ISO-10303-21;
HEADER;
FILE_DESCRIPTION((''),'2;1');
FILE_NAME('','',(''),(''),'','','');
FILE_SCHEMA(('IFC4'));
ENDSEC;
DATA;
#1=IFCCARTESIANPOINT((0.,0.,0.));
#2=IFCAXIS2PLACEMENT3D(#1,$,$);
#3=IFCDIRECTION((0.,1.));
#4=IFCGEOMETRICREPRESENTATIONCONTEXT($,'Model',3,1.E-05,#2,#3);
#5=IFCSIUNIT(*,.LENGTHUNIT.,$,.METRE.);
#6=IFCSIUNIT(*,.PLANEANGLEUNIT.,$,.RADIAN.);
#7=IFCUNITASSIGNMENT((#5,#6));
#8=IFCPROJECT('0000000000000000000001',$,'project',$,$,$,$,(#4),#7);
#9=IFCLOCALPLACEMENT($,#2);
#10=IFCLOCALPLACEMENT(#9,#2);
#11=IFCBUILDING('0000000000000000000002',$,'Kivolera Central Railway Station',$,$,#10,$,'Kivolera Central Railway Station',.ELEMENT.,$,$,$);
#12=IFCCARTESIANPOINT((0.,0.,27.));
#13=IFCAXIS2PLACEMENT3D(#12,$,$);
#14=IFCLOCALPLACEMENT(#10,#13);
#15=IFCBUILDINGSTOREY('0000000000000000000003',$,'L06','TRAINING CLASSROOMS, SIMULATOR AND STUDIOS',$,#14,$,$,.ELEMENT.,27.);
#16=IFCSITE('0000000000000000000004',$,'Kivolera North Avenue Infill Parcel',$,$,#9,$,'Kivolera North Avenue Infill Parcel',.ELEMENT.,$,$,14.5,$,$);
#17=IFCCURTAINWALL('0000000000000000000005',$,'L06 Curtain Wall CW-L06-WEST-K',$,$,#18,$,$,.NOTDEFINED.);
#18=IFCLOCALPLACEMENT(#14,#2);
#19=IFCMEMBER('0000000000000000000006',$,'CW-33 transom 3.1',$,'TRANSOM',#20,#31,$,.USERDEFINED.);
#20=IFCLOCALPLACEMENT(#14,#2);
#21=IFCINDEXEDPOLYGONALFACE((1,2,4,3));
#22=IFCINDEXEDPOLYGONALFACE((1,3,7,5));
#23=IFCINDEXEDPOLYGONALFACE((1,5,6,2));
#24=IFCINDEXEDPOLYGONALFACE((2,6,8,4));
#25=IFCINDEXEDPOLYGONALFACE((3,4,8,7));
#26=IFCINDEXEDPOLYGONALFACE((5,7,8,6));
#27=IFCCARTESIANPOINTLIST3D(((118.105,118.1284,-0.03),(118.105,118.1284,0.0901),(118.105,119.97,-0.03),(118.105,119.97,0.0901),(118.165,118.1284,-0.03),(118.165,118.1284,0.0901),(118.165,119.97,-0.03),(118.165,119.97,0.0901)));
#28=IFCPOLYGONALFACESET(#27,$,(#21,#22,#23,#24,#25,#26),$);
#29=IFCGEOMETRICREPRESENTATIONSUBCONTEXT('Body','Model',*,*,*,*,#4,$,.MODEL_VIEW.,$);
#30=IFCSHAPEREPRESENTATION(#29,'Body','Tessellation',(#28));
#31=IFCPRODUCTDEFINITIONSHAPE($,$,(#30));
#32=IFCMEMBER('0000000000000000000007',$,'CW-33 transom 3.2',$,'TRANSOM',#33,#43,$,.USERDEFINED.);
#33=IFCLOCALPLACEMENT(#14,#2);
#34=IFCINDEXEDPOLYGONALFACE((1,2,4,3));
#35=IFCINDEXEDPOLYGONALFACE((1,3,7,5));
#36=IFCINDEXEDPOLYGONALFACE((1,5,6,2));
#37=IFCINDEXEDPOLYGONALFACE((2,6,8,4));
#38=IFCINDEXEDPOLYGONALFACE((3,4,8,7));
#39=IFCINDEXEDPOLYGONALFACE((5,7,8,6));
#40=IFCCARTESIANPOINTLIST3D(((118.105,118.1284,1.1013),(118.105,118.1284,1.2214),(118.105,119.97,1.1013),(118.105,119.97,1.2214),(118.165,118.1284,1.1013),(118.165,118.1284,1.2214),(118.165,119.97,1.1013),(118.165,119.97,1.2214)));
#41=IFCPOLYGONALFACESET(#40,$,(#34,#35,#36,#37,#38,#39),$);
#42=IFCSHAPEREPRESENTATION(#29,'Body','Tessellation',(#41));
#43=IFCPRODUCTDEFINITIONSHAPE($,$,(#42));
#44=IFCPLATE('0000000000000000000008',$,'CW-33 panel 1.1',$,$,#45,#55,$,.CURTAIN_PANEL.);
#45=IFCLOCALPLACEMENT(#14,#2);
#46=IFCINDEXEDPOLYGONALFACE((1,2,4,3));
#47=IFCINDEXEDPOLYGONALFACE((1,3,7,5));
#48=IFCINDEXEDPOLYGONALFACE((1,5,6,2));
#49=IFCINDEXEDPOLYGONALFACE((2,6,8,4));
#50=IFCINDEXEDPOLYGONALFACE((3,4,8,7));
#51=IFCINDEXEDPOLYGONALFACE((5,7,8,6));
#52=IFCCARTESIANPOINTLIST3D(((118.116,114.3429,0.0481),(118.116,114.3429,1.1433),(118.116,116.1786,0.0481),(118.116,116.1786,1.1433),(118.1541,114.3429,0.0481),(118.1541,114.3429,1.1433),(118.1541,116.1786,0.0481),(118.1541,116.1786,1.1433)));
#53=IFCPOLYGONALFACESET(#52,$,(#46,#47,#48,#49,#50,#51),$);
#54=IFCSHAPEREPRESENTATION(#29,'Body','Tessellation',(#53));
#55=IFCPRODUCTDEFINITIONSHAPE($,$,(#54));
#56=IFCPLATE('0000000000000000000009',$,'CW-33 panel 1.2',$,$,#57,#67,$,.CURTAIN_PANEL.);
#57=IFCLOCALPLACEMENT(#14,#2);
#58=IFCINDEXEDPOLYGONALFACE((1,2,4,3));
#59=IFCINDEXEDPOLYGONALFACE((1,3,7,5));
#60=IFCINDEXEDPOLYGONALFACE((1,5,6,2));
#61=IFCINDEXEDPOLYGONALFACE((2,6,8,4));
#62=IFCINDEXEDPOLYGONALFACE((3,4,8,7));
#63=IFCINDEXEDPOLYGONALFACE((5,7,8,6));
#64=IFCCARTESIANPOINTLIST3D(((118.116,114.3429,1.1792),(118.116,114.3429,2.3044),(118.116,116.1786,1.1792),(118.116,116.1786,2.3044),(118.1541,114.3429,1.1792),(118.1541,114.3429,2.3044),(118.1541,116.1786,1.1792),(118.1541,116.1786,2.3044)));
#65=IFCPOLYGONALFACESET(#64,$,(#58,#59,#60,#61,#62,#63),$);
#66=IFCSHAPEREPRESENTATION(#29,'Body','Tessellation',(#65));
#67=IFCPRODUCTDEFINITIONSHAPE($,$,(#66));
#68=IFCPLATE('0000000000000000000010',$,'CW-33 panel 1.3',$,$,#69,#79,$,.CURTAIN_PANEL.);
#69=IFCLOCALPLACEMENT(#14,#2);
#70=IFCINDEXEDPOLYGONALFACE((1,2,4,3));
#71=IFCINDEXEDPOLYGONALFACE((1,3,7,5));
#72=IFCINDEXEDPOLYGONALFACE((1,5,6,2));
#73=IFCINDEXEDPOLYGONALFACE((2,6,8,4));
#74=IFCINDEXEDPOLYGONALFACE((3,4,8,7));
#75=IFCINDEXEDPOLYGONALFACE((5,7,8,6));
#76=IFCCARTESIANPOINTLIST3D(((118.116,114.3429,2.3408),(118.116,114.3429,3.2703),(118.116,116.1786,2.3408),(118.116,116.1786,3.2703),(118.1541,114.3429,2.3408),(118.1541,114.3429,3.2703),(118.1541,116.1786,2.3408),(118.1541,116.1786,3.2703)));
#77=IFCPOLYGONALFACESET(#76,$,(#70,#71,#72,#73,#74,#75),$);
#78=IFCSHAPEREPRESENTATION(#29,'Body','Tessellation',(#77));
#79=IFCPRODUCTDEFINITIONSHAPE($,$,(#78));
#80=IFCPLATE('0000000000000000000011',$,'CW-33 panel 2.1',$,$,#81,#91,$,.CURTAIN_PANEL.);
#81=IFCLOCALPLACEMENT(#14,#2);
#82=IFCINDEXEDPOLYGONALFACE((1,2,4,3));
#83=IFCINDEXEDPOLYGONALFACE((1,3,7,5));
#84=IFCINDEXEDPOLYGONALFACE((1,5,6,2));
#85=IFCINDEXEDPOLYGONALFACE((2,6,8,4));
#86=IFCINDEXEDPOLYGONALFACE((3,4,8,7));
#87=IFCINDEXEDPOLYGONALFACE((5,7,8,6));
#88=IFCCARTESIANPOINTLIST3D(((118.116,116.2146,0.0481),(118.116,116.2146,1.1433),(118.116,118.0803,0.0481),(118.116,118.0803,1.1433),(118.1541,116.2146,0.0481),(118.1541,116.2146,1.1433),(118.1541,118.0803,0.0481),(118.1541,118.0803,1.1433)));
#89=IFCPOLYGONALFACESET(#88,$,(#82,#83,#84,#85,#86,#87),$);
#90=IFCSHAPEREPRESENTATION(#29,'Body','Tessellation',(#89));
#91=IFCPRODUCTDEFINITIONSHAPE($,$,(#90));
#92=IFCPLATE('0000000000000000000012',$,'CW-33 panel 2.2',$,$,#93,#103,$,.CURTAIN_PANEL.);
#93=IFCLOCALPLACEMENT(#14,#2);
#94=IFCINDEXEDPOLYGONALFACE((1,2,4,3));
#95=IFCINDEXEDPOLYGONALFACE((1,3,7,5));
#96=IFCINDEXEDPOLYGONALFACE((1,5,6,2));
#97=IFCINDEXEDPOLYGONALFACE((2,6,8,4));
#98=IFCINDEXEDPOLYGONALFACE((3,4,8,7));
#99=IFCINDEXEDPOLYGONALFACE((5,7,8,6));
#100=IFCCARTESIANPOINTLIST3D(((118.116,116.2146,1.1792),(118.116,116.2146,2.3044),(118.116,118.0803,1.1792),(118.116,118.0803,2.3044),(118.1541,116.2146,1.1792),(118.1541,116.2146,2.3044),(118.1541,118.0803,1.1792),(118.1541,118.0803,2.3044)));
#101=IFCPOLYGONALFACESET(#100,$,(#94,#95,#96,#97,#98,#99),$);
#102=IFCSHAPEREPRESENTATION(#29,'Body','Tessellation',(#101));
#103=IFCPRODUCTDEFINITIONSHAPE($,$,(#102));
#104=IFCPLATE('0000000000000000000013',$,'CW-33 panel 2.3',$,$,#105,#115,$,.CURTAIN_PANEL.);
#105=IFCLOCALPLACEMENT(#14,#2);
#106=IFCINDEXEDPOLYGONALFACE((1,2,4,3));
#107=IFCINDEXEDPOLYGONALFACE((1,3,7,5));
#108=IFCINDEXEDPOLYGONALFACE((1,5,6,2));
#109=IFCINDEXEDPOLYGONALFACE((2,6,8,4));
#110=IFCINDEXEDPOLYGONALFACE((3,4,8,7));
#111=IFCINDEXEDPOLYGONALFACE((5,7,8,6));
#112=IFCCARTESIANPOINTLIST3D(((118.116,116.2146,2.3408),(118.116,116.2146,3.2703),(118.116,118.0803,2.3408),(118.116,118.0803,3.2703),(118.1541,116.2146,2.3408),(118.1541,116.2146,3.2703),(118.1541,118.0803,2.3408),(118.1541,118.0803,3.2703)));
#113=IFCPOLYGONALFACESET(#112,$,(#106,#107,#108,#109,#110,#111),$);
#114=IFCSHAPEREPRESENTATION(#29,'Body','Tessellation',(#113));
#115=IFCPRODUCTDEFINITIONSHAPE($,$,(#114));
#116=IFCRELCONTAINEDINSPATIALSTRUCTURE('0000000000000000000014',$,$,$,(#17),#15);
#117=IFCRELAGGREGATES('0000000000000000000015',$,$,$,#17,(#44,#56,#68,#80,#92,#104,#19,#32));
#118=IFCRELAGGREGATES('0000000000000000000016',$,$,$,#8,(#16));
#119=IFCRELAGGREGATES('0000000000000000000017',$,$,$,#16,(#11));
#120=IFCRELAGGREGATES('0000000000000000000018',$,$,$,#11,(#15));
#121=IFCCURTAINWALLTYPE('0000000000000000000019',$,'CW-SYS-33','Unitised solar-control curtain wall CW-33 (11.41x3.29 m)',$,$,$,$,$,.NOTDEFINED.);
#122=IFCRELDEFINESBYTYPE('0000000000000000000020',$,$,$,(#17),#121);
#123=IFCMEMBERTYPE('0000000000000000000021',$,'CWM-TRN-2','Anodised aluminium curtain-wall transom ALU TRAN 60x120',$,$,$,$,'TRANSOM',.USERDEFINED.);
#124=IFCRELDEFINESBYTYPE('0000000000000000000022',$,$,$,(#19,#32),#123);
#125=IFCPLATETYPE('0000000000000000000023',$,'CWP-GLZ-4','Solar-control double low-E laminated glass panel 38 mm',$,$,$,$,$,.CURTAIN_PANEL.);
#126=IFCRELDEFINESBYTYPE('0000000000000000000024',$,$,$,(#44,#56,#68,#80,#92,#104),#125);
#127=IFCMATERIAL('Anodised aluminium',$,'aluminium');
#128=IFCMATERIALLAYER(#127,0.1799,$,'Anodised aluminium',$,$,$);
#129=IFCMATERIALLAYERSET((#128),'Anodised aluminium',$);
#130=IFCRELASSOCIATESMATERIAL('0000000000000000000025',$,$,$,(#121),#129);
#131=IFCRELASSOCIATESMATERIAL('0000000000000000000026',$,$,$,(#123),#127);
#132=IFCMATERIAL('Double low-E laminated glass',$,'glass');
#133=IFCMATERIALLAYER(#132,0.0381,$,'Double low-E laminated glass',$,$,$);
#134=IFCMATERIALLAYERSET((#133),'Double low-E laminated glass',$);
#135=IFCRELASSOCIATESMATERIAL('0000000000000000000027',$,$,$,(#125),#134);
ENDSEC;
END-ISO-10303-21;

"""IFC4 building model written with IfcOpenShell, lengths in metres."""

from ifc_helpers import new_model, si_unit, direction, frame, origin, origin_2d, place, context, subcontext, project, spatial, rectangle, extrude, material, layer, layer_set, material_profile, profile_set, type_object, element, aggregate, save


model = new_model("IFC4")

# Units and contexts
model_context = context("Model", 3, precision=1e-05, world=origin(), true_north=direction((0.0, 1.0)))
body_context = subcontext(model_context, "Body", "Model", "MODEL_VIEW")
ifc_project = project(units=[si_unit("LENGTHUNIT", "METRE"), si_unit("PLANEANGLEUNIT", "RADIAN")], contexts=[model_context])

# Site, building, storey
site_placement = place(None, origin())
site = spatial("IfcSite", under=ifc_project, at=site_placement, Name="Kivolera North Avenue Infill Parcel", LongName="Kivolera North Avenue Infill Parcel", CompositionType="ELEMENT", RefElevation=14.5)
building_placement = place(site_placement, origin())
building = spatial("IfcBuilding", under=site, at=building_placement, Name="Kivolera Central Railway Station", LongName="Kivolera Central Railway Station", CompositionType="ELEMENT")
storey_placement = place(building_placement, frame((0.0, 0.0, 27.0)))
storey = spatial("IfcBuildingStorey", under=building, at=storey_placement, Name="L06", Description="TRAINING CLASSROOMS, SIMULATOR AND STUDIOS", CompositionType="ELEMENT", Elevation=27.0)

# Curtain wall, members, plates
ifc_material_1 = material(Name="Anodised aluminium", Category="aluminium")
ifc_layer_1 = layer(ifc_material_1, 0.1799, Name="Anodised aluminium")
ifc_layer_set_1 = layer_set([ifc_layer_1], Name="Anodised aluminium")
curtain_wall_type = type_object("IfcCurtainWallType", Name="CW-SYS-33", Description="Unitised solar-control curtain wall CW-33 (11.41x3.29 m)", PredefinedType="NOTDEFINED", material=ifc_layer_set_1)
curtain_wall_placement = place(storey_placement, origin())
curtain_wall = element("IfcCurtainWall", 1, at=curtain_wall_placement, inside=storey, type_object=curtain_wall_type, Name="L06 Curtain Wall CW-L06-WEST-K", PredefinedType="NOTDEFINED")
ifc_material_profile_1 = material_profile(ifc_material_1, rectangle(XDim=0.0601, YDim=0.1201, at=origin_2d()), Name="ALU TRAN 60x120")
ifc_profile_set_1 = profile_set([ifc_material_profile_1], Name="Anodised aluminium")
member_type_1 = type_object("IfcMemberType", Name="CWM-TRN-2", Description="Anodised aluminium curtain-wall transom ALU TRAN 60x120", ElementType="TRANSOM", PredefinedType="USERDEFINED", material=ifc_profile_set_1)
member_1_placement = place(storey_placement, frame((118.135, 118.1284, 0.03), z_axis=(0.0, 1.0, 0.0), x_axis=(-1.0, 0.0, 0.0)))
member_1 = element("IfcMember", 2, at=member_1_placement, type_object=member_type_1, Name="CW-33 transom 3.1", ObjectType="TRANSOM", PredefinedType="USERDEFINED", context=body_context, shape_type="SweptSolid", body=[
    extrude(rectangle(XDim=0.0601, YDim=0.1201, at=origin_2d()), origin(), (0.0, 0.0, 1.0), 1.8416),
])
member_2_placement = place(storey_placement, frame((118.135, 118.1284, 1.1614), z_axis=(0.0, 1.0, 0.0), x_axis=(-1.0, 0.0, 0.0)))
member_2 = element("IfcMember", 3, at=member_2_placement, type_object=member_type_1, Name="CW-33 transom 3.2", ObjectType="TRANSOM", PredefinedType="USERDEFINED", context=body_context, shape_type="SweptSolid", body=[
    extrude(rectangle(XDim=0.0601, YDim=0.1201, at=origin_2d()), origin(), (0.0, 0.0, 1.0), 1.8416),
])
ifc_material_2 = material(Name="Double low-E laminated glass", Category="glass")
ifc_layer_2 = layer(ifc_material_2, 0.0381, Name="Double low-E laminated glass")
ifc_layer_set_2 = layer_set([ifc_layer_2], Name="Double low-E laminated glass")
plate_type = type_object("IfcPlateType", Name="CWP-GLZ-4", Description="Solar-control double low-E laminated glass panel 38 mm", PredefinedType="CURTAIN_PANEL", material=ifc_layer_set_2)
plate_1_placement = place(storey_placement, frame((118.135, 115.2607, 0.0481), z_axis=(0.0, 0.0, 1.0), x_axis=(0.0, 1.0, 0.0)))
plate_1 = element("IfcPlate", 4, at=plate_1_placement, type_object=plate_type, Name="CW-33 panel 1.1", PredefinedType="CURTAIN_PANEL", context=body_context, shape_type="SweptSolid", body=[
    extrude(rectangle(XDim=1.8357, YDim=0.0381, at=origin_2d()), origin(), (0.0, 0.0, 1.0), 1.0952),
])
plate_2_placement = place(storey_placement, frame((118.135, 115.2607, 1.1792), z_axis=(0.0, 0.0, 1.0), x_axis=(0.0, 1.0, 0.0)))
plate_2 = element("IfcPlate", 5, at=plate_2_placement, type_object=plate_type, Name="CW-33 panel 1.2", PredefinedType="CURTAIN_PANEL", context=body_context, shape_type="SweptSolid", body=[
    extrude(rectangle(XDim=1.8357, YDim=0.0381, at=origin_2d()), origin(), (0.0, 0.0, 1.0), 1.1252),
])
plate_3_placement = place(storey_placement, frame((118.135, 115.2607, 2.3408), z_axis=(0.0, 0.0, 1.0), x_axis=(0.0, 1.0, 0.0)))
plate_3 = element("IfcPlate", 6, at=plate_3_placement, type_object=plate_type, Name="CW-33 panel 1.3", PredefinedType="CURTAIN_PANEL", context=body_context, shape_type="SweptSolid", body=[
    extrude(rectangle(XDim=1.8357, YDim=0.0381, at=origin_2d()), origin(), (0.0, 0.0, 1.0), 0.9294),
])
plate_4_placement = place(storey_placement, frame((118.135, 117.1475, 0.0481), z_axis=(0.0, 0.0, 1.0), x_axis=(0.0, 1.0, 0.0)))
plate_4 = element("IfcPlate", 7, at=plate_4_placement, type_object=plate_type, Name="CW-33 panel 2.1", PredefinedType="CURTAIN_PANEL", context=body_context, shape_type="SweptSolid", body=[
    extrude(rectangle(XDim=1.8657, YDim=0.0381, at=origin_2d()), origin(), (0.0, 0.0, 1.0), 1.0952),
])
plate_5_placement = place(storey_placement, frame((118.135, 117.1475, 1.1792), z_axis=(0.0, 0.0, 1.0), x_axis=(0.0, 1.0, 0.0)))
plate_5 = element("IfcPlate", 8, at=plate_5_placement, type_object=plate_type, Name="CW-33 panel 2.2", PredefinedType="CURTAIN_PANEL", context=body_context, shape_type="SweptSolid", body=[
    extrude(rectangle(XDim=1.8657, YDim=0.0381, at=origin_2d()), origin(), (0.0, 0.0, 1.0), 1.1252),
])
plate_6_placement = place(storey_placement, frame((118.135, 117.1475, 2.3408), z_axis=(0.0, 0.0, 1.0), x_axis=(0.0, 1.0, 0.0)))
plate_6 = element("IfcPlate", 9, at=plate_6_placement, type_object=plate_type, Name="CW-33 panel 2.3", PredefinedType="CURTAIN_PANEL", context=body_context, shape_type="SweptSolid", body=[
    extrude(rectangle(XDim=1.8657, YDim=0.0381, at=origin_2d()), origin(), (0.0, 0.0, 1.0), 0.9294),
])
aggregate(curtain_wall, [plate_1, plate_2, plate_3, plate_4, plate_5, plate_6, member_1, member_2])

save(model, "model.ifc")
